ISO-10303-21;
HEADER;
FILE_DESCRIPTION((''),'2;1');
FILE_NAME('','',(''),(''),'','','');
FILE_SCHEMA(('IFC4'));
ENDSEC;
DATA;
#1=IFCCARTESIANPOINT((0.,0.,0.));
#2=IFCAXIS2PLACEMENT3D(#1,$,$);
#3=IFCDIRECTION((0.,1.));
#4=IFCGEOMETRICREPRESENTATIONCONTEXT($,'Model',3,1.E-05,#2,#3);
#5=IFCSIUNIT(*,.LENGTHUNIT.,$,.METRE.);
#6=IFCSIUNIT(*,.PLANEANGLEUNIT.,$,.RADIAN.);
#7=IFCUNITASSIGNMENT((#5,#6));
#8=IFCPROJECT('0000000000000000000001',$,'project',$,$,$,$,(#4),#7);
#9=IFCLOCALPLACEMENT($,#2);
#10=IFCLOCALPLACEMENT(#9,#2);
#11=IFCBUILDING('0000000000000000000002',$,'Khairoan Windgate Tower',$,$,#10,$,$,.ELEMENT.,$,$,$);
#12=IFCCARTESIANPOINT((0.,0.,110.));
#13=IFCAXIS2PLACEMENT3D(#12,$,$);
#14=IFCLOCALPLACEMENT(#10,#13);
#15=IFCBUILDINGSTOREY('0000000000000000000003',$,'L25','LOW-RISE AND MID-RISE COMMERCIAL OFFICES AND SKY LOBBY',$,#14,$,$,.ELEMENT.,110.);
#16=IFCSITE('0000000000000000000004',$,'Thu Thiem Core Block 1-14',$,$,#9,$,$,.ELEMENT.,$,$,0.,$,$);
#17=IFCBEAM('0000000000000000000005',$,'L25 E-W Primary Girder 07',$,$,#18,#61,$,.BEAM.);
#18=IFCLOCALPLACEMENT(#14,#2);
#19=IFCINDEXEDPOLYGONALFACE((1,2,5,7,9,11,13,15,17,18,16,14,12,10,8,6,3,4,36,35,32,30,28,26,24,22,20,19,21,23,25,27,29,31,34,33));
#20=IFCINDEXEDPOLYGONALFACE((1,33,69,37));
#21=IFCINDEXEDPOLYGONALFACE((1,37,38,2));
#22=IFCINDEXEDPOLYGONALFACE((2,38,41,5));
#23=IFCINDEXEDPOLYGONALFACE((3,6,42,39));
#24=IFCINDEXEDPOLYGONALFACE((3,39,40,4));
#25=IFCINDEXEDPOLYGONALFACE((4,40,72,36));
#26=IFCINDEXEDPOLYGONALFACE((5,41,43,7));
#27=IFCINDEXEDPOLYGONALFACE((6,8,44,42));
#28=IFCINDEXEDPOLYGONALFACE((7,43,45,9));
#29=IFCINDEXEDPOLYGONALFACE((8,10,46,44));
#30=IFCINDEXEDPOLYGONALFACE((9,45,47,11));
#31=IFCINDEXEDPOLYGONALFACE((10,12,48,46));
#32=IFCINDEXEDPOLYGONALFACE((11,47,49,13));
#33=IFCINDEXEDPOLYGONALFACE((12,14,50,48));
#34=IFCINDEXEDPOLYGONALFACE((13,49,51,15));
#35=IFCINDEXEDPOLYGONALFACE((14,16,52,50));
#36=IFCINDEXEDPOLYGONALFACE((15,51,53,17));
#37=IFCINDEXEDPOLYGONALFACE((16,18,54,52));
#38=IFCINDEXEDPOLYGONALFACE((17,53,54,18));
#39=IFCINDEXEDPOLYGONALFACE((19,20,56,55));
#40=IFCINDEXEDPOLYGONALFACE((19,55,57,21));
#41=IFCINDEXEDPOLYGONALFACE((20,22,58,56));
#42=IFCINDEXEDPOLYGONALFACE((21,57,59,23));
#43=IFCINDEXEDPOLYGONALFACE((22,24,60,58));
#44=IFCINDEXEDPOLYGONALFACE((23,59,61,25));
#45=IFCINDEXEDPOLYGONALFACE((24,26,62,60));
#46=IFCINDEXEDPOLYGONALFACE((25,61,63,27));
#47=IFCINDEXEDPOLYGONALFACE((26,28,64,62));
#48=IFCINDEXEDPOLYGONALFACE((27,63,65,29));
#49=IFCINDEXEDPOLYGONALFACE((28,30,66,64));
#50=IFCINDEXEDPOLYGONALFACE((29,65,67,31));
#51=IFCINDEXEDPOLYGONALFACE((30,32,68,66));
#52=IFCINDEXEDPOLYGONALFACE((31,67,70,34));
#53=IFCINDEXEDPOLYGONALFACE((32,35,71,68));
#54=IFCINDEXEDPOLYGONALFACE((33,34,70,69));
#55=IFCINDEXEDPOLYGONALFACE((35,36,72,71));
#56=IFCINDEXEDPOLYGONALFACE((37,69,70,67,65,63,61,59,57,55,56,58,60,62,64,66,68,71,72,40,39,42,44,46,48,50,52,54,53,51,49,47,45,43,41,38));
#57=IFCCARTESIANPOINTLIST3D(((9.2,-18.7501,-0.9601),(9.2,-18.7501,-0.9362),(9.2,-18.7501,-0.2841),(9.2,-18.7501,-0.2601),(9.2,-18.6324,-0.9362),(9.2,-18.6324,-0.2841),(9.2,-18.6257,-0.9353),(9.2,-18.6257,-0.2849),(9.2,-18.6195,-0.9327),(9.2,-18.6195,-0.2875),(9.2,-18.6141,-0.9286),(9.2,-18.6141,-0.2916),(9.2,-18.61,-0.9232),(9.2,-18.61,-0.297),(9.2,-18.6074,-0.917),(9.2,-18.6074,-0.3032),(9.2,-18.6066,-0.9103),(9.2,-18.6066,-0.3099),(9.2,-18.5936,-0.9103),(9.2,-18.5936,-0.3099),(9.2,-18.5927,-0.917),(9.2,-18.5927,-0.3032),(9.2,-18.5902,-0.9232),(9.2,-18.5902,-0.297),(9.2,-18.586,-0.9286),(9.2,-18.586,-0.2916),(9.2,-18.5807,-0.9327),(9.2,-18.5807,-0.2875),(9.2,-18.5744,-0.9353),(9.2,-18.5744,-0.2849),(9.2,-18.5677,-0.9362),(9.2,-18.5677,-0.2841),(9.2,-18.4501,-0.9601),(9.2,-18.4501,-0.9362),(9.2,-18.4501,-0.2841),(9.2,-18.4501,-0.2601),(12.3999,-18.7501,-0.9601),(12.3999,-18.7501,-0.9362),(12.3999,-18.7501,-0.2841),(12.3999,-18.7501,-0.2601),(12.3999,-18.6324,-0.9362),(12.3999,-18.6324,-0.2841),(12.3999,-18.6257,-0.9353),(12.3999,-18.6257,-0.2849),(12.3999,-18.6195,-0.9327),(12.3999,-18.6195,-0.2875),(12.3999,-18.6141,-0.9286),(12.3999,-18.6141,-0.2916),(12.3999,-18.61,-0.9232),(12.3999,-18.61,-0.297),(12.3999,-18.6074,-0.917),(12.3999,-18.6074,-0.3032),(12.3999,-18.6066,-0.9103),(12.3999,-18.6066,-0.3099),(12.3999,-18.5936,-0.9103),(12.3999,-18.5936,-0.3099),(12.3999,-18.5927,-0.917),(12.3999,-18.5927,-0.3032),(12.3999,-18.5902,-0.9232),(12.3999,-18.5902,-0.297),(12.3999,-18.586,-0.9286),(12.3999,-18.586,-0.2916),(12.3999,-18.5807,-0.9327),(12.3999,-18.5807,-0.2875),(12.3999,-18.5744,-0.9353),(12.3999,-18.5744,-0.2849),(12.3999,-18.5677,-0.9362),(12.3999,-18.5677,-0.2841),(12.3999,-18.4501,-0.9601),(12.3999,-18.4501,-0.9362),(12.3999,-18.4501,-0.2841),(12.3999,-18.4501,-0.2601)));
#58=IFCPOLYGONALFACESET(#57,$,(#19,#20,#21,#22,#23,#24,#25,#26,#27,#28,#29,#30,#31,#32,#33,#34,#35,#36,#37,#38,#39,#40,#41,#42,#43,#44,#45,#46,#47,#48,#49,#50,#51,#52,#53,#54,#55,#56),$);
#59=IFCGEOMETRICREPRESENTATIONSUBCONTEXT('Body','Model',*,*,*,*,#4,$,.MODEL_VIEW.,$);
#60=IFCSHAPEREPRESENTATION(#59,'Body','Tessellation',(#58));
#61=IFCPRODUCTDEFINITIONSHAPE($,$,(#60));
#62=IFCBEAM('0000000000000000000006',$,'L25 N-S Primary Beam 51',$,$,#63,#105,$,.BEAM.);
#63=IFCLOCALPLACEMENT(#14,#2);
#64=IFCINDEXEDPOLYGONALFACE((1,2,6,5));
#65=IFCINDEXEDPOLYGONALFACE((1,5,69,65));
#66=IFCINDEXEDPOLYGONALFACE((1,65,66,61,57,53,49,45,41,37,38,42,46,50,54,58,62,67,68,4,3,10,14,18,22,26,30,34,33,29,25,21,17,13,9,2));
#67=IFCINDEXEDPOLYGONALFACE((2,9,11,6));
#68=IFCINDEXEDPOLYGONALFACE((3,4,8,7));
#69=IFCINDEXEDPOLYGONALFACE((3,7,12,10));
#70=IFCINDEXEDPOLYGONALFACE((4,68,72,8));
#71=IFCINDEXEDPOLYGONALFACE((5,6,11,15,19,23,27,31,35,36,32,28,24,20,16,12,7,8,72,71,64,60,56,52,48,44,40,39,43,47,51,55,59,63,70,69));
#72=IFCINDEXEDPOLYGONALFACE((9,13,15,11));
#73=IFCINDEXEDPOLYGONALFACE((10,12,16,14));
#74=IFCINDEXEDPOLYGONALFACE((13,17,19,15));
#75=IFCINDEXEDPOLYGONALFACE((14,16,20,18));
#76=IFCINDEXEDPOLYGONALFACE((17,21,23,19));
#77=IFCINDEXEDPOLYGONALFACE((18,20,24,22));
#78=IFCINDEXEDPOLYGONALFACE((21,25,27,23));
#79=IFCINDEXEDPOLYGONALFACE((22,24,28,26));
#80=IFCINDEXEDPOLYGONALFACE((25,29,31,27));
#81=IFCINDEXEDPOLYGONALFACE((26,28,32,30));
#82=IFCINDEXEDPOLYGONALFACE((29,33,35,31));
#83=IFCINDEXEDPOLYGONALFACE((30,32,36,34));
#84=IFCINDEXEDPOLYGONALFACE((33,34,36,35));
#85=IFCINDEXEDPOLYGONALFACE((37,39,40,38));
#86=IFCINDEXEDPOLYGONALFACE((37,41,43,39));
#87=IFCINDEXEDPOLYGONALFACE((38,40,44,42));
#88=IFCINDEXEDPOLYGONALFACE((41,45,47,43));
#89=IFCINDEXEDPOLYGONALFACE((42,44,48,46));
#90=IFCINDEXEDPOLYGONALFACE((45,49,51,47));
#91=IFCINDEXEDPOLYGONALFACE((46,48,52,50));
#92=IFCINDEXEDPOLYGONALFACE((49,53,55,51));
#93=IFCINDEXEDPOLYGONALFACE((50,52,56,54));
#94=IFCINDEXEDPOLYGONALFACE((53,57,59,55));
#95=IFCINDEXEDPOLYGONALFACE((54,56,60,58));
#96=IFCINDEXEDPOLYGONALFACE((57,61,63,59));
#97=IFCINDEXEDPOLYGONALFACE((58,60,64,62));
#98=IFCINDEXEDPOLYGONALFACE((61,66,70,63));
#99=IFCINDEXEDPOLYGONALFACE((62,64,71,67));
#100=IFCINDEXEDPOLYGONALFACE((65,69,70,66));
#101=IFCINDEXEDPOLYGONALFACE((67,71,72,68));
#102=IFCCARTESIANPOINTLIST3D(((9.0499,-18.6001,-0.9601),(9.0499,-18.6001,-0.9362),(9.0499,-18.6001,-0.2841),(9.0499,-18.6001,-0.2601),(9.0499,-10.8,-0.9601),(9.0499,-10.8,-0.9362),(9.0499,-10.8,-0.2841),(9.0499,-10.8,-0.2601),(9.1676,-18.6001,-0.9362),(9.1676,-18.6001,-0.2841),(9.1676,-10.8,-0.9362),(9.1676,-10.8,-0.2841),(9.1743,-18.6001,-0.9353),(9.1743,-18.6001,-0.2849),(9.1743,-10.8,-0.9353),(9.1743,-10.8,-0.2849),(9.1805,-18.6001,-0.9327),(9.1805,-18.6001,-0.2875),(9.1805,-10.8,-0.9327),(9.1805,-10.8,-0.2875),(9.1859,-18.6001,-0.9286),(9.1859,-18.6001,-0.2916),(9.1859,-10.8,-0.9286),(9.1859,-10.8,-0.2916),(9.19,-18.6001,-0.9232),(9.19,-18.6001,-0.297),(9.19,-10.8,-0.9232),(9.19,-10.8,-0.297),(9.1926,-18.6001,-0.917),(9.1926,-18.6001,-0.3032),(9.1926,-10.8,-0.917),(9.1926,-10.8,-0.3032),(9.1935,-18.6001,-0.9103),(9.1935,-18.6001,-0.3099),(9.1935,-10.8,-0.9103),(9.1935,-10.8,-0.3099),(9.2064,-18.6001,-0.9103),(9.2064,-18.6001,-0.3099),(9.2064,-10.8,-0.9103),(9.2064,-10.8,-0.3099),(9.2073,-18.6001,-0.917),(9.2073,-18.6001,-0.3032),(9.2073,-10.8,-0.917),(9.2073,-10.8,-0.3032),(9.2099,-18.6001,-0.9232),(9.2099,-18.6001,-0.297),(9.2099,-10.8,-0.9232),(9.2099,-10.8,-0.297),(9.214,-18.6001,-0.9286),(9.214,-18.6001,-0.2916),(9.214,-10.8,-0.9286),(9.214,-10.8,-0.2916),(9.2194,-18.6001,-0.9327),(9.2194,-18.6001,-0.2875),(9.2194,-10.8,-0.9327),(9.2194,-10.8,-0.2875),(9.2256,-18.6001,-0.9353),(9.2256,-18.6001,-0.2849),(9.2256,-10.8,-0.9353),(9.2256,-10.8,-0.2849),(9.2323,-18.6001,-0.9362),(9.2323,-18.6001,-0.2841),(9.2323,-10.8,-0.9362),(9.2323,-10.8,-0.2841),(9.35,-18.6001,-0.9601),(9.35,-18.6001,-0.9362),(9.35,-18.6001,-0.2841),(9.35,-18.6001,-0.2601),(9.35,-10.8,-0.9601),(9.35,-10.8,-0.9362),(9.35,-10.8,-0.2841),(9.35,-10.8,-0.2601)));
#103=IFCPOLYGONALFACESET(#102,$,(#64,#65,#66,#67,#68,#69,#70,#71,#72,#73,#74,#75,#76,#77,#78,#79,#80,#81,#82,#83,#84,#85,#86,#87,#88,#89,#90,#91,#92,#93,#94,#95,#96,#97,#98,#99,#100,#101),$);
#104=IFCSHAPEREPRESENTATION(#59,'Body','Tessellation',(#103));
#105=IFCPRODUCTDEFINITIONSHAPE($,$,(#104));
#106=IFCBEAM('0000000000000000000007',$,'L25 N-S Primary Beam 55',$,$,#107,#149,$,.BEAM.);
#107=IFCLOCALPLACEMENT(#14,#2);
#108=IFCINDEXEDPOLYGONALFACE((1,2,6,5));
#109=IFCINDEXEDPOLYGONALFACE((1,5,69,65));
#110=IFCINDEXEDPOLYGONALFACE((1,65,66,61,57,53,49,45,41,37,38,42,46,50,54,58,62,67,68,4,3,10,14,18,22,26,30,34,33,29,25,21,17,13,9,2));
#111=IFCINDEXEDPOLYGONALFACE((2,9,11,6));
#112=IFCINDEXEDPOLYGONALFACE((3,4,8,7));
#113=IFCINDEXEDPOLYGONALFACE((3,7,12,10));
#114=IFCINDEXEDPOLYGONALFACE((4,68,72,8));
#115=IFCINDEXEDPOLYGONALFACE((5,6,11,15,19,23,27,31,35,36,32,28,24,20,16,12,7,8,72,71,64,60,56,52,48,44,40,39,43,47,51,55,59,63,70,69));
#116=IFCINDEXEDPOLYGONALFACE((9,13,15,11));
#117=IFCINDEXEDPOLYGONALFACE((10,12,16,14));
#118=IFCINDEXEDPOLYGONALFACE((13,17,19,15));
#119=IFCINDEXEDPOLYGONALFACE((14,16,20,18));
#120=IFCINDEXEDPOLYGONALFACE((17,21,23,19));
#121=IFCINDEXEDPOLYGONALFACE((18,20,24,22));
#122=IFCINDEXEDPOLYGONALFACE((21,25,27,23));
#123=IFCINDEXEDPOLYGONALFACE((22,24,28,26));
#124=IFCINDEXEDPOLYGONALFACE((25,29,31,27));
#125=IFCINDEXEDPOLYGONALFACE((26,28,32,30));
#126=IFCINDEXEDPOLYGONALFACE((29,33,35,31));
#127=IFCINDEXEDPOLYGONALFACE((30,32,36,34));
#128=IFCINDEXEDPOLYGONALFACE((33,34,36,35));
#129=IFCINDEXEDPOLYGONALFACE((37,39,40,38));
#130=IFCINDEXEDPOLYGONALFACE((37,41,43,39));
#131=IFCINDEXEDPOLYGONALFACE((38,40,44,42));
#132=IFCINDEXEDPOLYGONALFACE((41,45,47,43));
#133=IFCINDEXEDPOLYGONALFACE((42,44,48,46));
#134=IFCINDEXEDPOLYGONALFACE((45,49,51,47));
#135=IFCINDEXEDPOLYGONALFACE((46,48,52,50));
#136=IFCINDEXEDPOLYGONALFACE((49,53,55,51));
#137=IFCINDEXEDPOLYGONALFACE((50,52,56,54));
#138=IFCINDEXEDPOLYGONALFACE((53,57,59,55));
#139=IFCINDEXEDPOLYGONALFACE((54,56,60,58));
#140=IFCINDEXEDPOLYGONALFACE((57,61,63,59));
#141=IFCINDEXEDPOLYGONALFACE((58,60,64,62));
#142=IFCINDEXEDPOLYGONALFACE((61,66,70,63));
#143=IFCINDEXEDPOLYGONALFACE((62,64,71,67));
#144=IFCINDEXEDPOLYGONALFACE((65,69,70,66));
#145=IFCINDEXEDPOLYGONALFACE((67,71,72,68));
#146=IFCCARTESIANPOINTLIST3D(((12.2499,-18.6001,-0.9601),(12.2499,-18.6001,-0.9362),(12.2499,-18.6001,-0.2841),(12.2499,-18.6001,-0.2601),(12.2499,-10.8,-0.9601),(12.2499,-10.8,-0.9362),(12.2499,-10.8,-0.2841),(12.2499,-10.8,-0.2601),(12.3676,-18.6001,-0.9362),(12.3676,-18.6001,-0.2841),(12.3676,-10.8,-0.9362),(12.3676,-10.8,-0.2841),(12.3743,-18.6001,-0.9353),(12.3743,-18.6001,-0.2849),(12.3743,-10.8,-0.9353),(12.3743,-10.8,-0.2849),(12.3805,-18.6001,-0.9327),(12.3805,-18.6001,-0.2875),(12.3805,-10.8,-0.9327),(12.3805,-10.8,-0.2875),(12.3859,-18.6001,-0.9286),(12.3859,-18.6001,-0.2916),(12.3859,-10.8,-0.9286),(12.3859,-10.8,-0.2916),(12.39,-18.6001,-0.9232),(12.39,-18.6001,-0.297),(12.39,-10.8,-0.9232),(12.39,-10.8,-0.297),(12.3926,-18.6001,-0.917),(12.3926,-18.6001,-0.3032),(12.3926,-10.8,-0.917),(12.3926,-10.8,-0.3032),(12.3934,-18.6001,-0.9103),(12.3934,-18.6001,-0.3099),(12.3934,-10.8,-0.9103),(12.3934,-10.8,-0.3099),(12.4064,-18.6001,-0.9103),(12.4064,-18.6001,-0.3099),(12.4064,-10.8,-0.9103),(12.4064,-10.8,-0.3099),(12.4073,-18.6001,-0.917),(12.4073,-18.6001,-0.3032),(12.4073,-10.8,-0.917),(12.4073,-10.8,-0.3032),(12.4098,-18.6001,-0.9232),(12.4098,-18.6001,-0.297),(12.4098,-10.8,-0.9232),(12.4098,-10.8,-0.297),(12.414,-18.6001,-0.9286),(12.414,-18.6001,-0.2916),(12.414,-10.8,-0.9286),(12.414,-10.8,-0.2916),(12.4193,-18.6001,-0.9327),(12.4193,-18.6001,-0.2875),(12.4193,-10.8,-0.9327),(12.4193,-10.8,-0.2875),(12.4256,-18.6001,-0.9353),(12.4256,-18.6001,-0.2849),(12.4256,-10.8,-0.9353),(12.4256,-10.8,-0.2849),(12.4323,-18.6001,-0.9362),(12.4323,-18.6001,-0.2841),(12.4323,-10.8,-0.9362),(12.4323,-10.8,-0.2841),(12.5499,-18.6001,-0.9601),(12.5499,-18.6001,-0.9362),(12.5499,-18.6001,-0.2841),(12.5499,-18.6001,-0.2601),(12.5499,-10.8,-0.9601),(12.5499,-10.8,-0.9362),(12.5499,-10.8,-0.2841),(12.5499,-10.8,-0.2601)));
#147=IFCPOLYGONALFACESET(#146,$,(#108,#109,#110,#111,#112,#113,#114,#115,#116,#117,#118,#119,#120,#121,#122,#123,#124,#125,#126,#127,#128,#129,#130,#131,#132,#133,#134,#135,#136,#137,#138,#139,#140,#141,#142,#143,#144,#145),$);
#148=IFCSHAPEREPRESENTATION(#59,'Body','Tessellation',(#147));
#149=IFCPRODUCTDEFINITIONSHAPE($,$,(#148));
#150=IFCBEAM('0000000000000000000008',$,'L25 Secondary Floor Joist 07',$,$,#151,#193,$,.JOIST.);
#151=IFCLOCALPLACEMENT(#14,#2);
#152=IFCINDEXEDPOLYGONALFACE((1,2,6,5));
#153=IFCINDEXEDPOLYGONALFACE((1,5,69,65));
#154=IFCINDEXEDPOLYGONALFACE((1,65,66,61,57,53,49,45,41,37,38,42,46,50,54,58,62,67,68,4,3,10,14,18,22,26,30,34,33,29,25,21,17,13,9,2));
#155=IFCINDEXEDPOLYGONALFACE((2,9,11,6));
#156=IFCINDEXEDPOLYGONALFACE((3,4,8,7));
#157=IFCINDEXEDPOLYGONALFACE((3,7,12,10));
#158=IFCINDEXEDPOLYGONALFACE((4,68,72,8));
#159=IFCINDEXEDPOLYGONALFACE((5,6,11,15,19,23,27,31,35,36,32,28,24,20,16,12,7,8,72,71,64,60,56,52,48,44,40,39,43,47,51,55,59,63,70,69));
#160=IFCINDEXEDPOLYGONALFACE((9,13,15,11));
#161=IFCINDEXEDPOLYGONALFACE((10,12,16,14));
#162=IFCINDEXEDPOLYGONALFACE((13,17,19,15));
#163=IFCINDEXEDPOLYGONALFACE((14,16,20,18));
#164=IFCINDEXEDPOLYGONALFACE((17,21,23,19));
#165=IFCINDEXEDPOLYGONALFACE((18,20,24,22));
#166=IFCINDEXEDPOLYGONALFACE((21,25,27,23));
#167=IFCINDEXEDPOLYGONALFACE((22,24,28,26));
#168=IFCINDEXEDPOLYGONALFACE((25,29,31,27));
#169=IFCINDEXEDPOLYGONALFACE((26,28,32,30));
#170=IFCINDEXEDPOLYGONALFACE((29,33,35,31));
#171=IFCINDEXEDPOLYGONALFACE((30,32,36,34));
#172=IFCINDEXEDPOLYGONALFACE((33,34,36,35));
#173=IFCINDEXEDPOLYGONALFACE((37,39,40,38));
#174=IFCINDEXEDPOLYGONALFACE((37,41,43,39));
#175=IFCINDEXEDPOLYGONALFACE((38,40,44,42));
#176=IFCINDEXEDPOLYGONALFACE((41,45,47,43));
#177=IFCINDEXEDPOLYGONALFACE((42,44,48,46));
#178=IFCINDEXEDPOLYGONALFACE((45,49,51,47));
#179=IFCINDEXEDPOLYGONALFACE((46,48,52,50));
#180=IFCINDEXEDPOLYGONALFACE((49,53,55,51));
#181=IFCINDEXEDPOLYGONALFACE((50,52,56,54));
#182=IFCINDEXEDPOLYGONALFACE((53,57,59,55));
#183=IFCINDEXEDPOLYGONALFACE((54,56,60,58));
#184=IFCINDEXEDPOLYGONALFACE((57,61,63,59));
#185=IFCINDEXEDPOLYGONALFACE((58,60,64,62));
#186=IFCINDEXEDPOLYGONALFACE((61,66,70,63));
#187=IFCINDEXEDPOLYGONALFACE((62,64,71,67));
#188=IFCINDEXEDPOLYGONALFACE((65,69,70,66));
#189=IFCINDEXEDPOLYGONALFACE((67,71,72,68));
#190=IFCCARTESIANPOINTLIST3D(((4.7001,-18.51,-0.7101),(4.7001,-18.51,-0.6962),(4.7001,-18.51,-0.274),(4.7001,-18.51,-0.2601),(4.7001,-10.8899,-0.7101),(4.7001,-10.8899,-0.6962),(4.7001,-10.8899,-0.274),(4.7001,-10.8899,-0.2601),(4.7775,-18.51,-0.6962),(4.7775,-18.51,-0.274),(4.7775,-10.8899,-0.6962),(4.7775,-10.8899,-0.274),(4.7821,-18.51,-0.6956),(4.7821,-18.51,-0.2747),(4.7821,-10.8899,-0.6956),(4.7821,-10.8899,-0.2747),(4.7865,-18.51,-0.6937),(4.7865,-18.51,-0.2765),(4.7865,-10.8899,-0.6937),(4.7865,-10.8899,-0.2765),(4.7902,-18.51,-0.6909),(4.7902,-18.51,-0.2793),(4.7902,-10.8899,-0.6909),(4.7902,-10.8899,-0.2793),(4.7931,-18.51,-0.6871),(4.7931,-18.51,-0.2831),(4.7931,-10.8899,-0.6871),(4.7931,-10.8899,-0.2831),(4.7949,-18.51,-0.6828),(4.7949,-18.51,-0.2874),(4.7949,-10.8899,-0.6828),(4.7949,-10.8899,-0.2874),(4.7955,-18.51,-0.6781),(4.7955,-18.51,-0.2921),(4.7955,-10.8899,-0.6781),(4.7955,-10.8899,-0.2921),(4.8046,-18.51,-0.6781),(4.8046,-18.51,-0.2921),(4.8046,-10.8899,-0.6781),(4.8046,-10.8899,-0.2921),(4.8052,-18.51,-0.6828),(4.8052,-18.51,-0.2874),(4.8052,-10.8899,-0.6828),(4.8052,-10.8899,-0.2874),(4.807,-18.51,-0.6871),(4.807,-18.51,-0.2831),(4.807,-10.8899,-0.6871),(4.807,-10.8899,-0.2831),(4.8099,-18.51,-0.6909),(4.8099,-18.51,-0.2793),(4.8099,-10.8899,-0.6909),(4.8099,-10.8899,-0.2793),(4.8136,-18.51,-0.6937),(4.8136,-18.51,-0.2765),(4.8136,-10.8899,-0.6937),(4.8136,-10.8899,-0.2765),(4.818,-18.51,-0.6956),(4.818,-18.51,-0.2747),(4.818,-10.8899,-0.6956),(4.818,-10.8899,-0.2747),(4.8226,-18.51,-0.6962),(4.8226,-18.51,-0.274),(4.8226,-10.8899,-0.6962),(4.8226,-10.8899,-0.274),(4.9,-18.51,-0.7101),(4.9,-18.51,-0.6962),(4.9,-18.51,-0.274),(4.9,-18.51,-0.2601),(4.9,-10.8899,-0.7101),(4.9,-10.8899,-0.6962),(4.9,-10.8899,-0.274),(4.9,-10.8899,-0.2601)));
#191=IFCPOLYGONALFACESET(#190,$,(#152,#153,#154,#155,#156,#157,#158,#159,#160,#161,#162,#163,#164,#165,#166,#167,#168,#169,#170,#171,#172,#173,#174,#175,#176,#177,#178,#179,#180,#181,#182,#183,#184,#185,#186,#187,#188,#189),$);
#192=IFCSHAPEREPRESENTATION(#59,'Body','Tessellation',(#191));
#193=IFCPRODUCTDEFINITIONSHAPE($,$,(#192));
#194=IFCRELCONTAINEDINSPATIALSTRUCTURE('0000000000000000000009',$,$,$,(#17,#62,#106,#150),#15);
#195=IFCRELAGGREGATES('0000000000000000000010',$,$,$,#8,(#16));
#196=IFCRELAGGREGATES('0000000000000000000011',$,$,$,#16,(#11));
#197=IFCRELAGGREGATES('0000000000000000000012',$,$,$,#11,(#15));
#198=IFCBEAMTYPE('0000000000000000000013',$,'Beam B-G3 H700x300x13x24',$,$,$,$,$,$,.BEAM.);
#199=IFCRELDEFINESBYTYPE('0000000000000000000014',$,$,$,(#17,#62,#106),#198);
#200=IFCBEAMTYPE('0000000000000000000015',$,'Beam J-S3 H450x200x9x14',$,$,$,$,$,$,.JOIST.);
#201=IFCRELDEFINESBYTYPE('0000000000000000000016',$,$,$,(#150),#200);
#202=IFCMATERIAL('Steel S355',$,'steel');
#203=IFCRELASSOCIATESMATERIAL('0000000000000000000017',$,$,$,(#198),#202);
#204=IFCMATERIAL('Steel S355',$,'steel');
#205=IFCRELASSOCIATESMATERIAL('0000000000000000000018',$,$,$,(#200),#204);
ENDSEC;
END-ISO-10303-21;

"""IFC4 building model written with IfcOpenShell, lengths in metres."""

from ifc_helpers import new_model, si_unit, direction, frame, origin, origin_2d, place, context, subcontext, project, spatial, i_section, extrude, material, material_profile, profile_set, type_object, element, save


model = new_model("IFC4")

# Units and contexts
model_context = context("Model", 3, precision=1e-05, world=origin(), true_north=direction((0.0, 1.0)))
body_context = subcontext(model_context, "Body", "Model", "MODEL_VIEW")
ifc_project = project(units=[si_unit("LENGTHUNIT", "METRE"), si_unit("PLANEANGLEUNIT", "RADIAN")], contexts=[model_context])

# Site, building, storey
site_placement = place(None, origin())
site = spatial("IfcSite", under=ifc_project, at=site_placement, Name="Thu Thiem Core Block 1-14", CompositionType="ELEMENT", RefElevation=0.0)
building_placement = place(site_placement, origin())
building = spatial("IfcBuilding", under=site, at=building_placement, Name="Khairoan Windgate Tower", CompositionType="ELEMENT")
storey_placement = place(building_placement, frame((0.0, 0.0, 110.0)))
storey = spatial("IfcBuildingStorey", under=building, at=storey_placement, Name="L25", Description="LOW-RISE AND MID-RISE COMMERCIAL OFFICES AND SKY LOBBY", CompositionType="ELEMENT", Elevation=110.0)

# Beams
ifc_material_1 = material(Name="Steel S355", Category="steel")
ifc_material_profile_1 = material_profile(ifc_material_1, i_section(OverallWidth=0.3, OverallDepth=0.7, WebThickness=0.0129, FlangeThickness=0.0239, FilletRadius=0.0259, at=origin_2d()))
ifc_profile_set_1 = profile_set([ifc_material_profile_1], Name="Steel S355")
beam_type_1 = type_object("IfcBeamType", Name="Beam B-G3 H700x300x13x24", PredefinedType="BEAM", material=ifc_profile_set_1)
beam_1_placement = place(storey_placement, frame((9.2, -18.6001, -0.6101), z_axis=(1.0, 0.0, 0.0), x_axis=(0.0, 1.0, 0.0)))
element("IfcBeam", 1, at=beam_1_placement, inside=storey, type_object=beam_type_1, Name="L25 E-W Primary Girder 07", PredefinedType="BEAM", context=body_context, shape_type="SweptSolid", body=[
    extrude(i_section(OverallWidth=0.3, OverallDepth=0.7, WebThickness=0.0129, FlangeThickness=0.0239, FilletRadius=0.0259, at=origin_2d()), origin(), (0.0, 0.0, 1.0), 3.2),
])
for number, where, z_axis, x_axis, name in (
    (2, (9.2, -18.6001, -0.6101), (0.0, 1.0, 0.0), (-1.0, 0.0, 0.0), "L25 N-S Primary Beam 51"),
    (3, (12.3999, -18.6001, -0.6101), (0.0, 1.0, 0.0), (-1.0, 0.0, 0.0), "L25 N-S Primary Beam 55"),
):
    element("IfcBeam", number, at=place(storey_placement, frame(where, z_axis=z_axis, x_axis=x_axis)), inside=storey, type_object=beam_type_1, Name=name, PredefinedType="BEAM", context=body_context, shape_type="SweptSolid", body=[
        extrude(i_section(OverallWidth=0.3, OverallDepth=0.7, WebThickness=0.0129, FlangeThickness=0.0239, FilletRadius=0.0259, at=origin_2d()), origin(), (0.0, 0.0, 1.0), 7.8),
    ])
ifc_material_2 = material(Name="Steel S355", Category="steel")
ifc_material_profile_2 = material_profile(ifc_material_2, i_section(OverallWidth=0.2, OverallDepth=0.45, WebThickness=0.009, FlangeThickness=0.0139, FilletRadius=0.0181, at=origin_2d()))
ifc_profile_set_2 = profile_set([ifc_material_profile_2], Name="Steel S355")
beam_type_2 = type_object("IfcBeamType", Name="Beam J-S3 H450x200x9x14", PredefinedType="JOIST", material=ifc_profile_set_2)
beam_2_placement = place(storey_placement, frame((4.8, -18.51, -0.4851), z_axis=(0.0, 1.0, 0.0), x_axis=(-1.0, 0.0, 0.0)))
element("IfcBeam", 4, at=beam_2_placement, inside=storey, type_object=beam_type_2, Name="L25 Secondary Floor Joist 07", PredefinedType="JOIST", context=body_context, shape_type="SweptSolid", body=[
    extrude(i_section(OverallWidth=0.2, OverallDepth=0.45, WebThickness=0.009, FlangeThickness=0.0139, FilletRadius=0.0181, at=origin_2d()), origin(), (0.0, 0.0, 1.0), 7.6201),
])

save(model, "model.ifc")
